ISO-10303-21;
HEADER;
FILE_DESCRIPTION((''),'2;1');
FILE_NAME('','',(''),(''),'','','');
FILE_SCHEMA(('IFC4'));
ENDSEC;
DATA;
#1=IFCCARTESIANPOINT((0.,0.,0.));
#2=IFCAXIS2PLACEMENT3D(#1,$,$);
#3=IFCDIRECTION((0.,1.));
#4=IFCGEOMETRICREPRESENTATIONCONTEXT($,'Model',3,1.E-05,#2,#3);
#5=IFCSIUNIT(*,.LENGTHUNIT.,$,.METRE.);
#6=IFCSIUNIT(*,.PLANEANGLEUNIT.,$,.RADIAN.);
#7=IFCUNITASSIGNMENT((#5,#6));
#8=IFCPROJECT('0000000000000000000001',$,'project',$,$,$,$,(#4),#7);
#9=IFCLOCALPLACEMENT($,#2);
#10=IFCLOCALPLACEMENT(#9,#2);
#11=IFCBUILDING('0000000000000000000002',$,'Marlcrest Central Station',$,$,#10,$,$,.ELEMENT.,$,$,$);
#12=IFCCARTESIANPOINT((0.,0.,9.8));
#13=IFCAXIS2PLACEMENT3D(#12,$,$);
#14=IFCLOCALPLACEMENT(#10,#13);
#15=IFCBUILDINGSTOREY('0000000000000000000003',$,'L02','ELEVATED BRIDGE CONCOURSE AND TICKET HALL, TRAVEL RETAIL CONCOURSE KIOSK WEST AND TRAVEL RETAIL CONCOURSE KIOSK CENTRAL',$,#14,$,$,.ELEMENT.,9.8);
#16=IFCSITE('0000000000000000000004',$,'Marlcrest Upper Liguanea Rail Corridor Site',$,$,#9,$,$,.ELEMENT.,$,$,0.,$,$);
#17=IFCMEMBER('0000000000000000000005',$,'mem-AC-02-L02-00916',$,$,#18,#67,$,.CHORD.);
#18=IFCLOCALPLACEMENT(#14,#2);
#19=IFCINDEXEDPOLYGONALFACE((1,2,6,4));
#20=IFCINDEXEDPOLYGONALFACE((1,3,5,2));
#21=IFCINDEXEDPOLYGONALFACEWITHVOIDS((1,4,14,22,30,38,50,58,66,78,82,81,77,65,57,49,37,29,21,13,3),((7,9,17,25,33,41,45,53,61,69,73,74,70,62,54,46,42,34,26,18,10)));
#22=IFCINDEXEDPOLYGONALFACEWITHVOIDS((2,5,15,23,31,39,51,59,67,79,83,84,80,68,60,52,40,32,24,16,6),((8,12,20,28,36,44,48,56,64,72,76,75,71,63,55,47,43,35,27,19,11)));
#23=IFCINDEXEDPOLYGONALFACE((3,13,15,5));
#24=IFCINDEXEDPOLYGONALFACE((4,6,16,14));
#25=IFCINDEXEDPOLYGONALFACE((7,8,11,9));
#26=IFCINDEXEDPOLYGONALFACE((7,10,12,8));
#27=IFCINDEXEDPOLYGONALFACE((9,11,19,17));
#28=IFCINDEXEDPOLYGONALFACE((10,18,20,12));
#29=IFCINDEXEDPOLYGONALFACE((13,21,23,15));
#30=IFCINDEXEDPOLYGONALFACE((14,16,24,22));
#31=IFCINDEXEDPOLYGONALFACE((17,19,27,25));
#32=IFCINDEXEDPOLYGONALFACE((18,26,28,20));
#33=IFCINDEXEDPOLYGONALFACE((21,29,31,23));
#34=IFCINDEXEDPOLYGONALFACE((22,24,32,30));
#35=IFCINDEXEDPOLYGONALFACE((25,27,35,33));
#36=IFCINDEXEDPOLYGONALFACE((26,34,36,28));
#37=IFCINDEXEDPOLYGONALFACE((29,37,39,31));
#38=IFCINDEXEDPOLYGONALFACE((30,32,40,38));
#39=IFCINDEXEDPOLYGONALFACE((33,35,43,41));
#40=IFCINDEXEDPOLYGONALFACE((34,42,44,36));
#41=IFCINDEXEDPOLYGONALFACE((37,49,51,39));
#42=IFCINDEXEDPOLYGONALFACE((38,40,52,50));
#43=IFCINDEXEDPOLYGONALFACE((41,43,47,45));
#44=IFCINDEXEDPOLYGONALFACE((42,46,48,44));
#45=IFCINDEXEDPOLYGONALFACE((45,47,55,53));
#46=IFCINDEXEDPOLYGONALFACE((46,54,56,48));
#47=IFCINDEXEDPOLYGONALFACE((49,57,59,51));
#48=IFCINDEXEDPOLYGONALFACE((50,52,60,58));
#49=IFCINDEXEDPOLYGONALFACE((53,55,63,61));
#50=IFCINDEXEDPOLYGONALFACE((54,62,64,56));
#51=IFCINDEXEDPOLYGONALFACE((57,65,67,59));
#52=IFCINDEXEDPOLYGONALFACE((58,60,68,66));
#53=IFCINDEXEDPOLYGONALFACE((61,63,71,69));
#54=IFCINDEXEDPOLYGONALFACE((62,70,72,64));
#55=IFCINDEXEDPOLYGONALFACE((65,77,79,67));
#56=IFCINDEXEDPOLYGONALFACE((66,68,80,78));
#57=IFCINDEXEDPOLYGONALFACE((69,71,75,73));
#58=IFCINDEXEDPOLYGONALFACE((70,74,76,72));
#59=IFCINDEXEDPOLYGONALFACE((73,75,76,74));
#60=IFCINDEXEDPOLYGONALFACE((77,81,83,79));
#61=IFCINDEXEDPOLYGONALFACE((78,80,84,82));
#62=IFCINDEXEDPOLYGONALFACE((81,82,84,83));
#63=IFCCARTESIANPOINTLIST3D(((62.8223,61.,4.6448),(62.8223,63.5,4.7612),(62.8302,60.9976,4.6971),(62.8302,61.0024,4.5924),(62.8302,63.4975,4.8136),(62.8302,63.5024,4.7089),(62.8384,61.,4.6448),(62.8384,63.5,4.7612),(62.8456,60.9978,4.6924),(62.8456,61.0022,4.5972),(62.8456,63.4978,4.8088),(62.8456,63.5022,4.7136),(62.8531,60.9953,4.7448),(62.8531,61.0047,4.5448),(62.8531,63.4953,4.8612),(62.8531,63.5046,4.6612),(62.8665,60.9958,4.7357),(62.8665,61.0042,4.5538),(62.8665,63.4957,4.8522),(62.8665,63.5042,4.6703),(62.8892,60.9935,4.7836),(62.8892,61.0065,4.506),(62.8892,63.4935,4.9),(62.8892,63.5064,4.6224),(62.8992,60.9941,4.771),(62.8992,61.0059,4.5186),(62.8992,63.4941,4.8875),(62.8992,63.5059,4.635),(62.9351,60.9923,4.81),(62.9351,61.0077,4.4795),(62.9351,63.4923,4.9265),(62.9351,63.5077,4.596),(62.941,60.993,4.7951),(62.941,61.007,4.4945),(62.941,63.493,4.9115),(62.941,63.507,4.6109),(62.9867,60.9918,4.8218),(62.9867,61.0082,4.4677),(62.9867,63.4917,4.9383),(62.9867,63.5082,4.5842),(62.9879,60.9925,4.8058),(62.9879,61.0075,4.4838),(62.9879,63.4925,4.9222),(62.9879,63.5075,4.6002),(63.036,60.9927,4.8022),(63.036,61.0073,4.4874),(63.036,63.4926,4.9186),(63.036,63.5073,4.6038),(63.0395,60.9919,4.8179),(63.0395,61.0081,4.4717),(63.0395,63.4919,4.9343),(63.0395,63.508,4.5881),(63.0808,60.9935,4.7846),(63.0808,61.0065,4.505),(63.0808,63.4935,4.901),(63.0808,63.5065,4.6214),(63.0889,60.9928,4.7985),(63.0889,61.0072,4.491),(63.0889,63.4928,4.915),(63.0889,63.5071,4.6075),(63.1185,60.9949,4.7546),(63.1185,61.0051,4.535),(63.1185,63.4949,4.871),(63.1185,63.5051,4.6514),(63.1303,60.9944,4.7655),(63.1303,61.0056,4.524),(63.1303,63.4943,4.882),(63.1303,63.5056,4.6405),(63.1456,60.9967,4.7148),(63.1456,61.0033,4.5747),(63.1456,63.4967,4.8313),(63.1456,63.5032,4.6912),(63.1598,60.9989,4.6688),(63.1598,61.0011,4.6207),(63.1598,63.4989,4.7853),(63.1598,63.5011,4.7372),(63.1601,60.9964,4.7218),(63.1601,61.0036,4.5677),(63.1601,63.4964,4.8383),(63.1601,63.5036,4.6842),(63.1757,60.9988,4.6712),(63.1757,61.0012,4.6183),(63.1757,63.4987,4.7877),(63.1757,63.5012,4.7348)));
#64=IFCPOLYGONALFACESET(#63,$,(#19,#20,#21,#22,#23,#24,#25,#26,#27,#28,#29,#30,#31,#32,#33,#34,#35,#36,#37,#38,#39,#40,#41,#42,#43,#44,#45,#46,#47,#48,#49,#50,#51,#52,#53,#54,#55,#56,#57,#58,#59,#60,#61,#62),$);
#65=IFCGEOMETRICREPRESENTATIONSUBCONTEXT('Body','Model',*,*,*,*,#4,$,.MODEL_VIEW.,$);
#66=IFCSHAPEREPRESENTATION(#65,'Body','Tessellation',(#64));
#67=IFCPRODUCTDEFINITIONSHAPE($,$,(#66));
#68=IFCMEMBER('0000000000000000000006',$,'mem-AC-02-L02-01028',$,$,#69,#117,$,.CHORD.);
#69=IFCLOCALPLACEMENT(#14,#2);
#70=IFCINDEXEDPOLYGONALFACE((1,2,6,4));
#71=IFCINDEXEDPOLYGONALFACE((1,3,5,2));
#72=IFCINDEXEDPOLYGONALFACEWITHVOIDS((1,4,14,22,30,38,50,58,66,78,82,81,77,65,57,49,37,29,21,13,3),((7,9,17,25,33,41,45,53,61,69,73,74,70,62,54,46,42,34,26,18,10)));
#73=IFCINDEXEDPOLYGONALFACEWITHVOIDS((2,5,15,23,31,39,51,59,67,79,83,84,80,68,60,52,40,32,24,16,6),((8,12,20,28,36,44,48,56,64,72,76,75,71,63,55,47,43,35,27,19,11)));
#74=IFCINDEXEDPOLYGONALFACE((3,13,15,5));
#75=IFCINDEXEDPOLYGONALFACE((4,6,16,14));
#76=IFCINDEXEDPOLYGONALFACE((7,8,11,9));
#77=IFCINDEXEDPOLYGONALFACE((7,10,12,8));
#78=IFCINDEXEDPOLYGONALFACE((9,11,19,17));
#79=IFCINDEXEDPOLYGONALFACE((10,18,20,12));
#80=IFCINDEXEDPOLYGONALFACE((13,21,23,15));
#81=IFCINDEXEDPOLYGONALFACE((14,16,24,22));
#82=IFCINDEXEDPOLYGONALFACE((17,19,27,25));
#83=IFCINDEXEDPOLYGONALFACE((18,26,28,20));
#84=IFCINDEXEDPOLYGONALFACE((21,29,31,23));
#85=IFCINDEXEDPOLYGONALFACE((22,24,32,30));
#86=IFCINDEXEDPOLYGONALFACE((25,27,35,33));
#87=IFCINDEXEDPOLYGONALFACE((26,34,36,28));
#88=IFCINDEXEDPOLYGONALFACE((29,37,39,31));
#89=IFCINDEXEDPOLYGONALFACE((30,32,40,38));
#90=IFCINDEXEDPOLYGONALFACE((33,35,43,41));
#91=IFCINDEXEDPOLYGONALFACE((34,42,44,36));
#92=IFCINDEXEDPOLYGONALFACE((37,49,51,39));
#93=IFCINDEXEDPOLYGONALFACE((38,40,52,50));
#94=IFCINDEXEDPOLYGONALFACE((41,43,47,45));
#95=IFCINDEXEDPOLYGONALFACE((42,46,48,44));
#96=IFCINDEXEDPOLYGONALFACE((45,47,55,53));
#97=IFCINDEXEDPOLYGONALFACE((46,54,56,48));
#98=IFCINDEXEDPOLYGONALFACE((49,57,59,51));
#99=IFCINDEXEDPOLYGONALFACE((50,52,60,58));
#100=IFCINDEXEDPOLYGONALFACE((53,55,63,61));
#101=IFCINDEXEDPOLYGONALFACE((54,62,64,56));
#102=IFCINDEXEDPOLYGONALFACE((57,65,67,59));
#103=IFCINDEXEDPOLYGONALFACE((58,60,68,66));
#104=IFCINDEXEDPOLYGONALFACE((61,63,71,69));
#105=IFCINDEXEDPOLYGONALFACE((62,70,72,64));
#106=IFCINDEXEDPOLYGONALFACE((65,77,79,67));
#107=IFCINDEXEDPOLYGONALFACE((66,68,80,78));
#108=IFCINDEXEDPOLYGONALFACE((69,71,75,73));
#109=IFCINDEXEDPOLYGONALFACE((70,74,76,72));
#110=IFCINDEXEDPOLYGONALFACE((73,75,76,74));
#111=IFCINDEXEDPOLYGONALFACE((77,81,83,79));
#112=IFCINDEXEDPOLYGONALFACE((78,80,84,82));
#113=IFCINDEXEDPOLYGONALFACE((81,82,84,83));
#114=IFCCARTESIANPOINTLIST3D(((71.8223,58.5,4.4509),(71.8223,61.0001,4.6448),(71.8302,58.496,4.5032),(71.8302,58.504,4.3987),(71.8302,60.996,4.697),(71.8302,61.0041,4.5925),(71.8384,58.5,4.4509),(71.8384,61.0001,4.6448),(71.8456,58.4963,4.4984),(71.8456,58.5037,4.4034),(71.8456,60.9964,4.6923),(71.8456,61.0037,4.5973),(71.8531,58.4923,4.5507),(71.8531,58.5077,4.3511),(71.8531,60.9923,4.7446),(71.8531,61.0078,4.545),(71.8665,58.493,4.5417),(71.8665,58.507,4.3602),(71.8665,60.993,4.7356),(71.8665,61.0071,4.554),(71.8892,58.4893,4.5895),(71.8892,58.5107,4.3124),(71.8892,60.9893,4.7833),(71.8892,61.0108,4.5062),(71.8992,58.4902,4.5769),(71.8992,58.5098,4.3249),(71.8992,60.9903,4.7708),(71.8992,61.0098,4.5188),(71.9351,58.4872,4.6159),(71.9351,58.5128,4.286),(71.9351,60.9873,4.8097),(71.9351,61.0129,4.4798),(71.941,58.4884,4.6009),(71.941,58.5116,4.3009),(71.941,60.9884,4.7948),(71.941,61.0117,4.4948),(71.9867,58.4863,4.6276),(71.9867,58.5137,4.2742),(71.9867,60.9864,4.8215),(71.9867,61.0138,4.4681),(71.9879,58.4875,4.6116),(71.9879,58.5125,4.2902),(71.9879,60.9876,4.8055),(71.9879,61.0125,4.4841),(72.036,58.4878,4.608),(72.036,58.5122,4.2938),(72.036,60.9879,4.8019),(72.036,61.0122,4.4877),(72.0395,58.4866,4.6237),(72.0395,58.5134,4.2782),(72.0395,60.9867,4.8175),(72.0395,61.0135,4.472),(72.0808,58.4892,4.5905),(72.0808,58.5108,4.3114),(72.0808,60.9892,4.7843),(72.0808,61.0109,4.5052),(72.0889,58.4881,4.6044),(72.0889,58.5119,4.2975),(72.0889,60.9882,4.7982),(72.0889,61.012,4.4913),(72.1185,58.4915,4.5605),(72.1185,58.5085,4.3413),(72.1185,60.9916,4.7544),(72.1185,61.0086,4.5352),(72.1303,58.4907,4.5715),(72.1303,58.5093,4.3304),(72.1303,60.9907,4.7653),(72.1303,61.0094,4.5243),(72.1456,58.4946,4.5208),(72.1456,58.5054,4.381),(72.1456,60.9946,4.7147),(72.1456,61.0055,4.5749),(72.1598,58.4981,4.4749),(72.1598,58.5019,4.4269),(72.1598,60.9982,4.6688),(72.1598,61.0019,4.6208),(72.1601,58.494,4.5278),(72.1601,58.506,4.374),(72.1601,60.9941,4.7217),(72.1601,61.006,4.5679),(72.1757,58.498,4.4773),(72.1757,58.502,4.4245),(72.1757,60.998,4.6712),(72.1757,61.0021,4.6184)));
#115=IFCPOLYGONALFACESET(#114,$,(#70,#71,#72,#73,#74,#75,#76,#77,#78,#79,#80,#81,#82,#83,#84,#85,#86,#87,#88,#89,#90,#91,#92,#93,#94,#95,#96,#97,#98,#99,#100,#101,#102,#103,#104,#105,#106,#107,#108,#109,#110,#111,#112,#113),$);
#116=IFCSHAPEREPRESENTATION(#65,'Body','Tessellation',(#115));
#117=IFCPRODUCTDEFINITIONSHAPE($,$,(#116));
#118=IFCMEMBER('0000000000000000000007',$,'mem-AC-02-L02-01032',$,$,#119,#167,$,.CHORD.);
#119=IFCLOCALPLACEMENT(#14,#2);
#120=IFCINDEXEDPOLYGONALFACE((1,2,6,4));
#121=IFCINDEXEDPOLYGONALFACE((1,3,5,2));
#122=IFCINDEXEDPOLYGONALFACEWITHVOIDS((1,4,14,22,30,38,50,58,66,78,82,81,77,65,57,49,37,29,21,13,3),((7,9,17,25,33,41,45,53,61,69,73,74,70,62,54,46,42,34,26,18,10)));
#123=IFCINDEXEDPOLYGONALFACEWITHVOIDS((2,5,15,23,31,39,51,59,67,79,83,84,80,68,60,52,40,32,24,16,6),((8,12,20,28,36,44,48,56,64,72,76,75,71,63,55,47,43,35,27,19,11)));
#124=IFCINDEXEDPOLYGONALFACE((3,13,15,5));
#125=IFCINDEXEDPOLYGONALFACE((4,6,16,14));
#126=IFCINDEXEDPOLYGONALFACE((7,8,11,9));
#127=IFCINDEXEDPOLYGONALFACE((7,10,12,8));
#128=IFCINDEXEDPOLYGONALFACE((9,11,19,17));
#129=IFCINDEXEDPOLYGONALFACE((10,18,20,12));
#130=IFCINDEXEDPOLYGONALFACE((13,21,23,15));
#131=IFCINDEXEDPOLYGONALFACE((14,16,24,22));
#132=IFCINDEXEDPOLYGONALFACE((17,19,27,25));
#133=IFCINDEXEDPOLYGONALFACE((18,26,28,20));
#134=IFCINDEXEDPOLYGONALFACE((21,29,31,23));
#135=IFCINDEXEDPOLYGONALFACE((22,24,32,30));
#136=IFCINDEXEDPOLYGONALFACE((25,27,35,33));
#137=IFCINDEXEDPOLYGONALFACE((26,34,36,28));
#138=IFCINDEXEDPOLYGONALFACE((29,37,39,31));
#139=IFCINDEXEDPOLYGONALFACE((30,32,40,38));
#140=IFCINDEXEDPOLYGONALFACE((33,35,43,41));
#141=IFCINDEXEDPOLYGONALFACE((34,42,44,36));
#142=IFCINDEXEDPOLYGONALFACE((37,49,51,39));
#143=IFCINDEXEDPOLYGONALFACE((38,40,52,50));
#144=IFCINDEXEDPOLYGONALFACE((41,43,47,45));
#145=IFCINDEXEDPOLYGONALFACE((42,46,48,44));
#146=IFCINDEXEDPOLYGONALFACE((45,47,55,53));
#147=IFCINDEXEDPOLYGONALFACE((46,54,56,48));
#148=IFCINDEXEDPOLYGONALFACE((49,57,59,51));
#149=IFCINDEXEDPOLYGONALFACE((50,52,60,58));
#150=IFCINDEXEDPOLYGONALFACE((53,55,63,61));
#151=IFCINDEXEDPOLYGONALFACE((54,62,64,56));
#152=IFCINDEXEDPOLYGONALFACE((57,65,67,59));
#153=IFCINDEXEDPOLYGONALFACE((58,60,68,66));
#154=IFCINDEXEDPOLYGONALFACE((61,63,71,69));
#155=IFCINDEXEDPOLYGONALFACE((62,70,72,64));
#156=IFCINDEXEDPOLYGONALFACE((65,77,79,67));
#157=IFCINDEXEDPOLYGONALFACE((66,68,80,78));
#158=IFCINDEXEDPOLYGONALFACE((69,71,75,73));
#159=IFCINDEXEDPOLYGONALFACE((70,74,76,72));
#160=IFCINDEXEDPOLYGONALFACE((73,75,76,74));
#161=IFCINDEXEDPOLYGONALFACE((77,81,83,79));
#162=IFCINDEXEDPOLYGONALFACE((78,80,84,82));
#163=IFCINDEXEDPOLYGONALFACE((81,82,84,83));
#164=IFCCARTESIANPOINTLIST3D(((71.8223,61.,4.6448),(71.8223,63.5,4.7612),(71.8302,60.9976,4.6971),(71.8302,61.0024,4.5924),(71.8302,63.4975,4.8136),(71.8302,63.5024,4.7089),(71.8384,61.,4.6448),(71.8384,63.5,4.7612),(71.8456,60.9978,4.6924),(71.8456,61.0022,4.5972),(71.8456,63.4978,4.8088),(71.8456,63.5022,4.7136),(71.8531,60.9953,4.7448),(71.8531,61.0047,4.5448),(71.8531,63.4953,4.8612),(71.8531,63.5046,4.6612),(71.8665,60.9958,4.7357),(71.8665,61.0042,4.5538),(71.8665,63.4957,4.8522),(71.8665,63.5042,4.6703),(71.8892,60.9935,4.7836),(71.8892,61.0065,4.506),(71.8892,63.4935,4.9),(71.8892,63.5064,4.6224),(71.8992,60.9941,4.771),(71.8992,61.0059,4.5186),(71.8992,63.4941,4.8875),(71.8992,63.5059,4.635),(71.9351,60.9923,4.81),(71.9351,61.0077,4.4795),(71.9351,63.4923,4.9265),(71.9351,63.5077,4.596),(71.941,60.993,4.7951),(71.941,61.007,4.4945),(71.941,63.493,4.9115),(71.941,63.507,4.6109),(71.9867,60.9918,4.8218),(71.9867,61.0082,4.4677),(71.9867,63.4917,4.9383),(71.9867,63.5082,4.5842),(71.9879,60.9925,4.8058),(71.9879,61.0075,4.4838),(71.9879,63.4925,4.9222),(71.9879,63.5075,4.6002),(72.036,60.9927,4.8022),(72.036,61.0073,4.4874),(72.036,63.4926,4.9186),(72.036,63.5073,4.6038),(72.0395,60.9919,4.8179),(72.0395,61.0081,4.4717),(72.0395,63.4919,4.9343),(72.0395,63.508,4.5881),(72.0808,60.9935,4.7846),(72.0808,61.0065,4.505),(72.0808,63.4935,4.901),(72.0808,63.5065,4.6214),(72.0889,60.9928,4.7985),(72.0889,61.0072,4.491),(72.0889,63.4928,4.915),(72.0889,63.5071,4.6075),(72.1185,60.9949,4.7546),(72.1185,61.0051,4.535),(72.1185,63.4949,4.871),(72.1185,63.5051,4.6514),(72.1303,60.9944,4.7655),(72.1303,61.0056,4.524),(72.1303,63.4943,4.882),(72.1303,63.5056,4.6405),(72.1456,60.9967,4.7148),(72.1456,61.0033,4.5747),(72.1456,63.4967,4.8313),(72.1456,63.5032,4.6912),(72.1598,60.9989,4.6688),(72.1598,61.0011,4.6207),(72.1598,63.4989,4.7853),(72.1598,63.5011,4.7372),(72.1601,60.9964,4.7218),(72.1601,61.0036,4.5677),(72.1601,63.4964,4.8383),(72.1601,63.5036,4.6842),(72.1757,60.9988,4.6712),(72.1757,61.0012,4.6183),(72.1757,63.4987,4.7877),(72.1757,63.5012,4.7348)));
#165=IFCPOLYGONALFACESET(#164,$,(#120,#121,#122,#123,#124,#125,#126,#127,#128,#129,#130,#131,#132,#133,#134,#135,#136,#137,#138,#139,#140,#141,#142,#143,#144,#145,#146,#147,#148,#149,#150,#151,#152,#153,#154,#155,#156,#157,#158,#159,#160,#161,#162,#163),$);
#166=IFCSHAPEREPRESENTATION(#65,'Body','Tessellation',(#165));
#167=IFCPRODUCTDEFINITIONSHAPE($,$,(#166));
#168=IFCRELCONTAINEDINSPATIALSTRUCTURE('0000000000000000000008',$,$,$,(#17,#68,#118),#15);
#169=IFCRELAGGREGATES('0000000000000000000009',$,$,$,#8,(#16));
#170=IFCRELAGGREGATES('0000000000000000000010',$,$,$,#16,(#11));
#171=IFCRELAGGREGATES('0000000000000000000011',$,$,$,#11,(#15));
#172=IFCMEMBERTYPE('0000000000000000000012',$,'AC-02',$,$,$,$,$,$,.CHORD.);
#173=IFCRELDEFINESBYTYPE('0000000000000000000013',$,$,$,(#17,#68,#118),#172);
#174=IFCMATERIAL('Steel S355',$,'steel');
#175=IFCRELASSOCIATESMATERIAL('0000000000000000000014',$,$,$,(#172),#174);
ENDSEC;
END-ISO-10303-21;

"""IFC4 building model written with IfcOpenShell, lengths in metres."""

from ifc_helpers import new_model, si_unit, direction, frame, origin, origin_2d, place, context, subcontext, project, spatial, hollow_circle, extrude, material, material_profile, profile_set, type_object, element, save


model = new_model("IFC4")

# Units and contexts
model_context = context("Model", 3, precision=1e-05, world=origin(), true_north=direction((0.0, 1.0)))
body_context = subcontext(model_context, "Body", "Model", "MODEL_VIEW")
ifc_project = project(units=[si_unit("LENGTHUNIT", "METRE"), si_unit("PLANEANGLEUNIT", "RADIAN")], contexts=[model_context])

# Site, building, storey
site_placement = place(None, origin())
site = spatial("IfcSite", under=ifc_project, at=site_placement, Name="Marlcrest Upper Liguanea Rail Corridor Site", CompositionType="ELEMENT", RefElevation=0.0)
building_placement = place(site_placement, origin())
building = spatial("IfcBuilding", under=site, at=building_placement, Name="Marlcrest Central Station", CompositionType="ELEMENT")
storey_placement = place(building_placement, frame((0.0, 0.0, 9.8)))
storey = spatial("IfcBuildingStorey", under=building, at=storey_placement, Name="L02", Description="ELEVATED BRIDGE CONCOURSE AND TICKET HALL, TRAVEL RETAIL CONCOURSE KIOSK WEST AND TRAVEL RETAIL CONCOURSE KIOSK CENTRAL", CompositionType="ELEMENT", Elevation=9.8)

# Members
ifc_material = material(Name="Steel S355", Category="steel")
ifc_material_profile_1 = material_profile(ifc_material, hollow_circle(Radius=0.1777, WallThickness=0.0161, at=origin_2d()), Name="CHS 355.6x16")
ifc_profile_set_1 = profile_set([ifc_material_profile_1], Name="Steel S355")
member_type_1 = type_object("IfcMemberType", Name="AC-02", PredefinedType="CHORD", material=ifc_profile_set_1)
member_1_placement = place(storey_placement, frame((63.0, 61.0, 4.6448), z_axis=(0.0, 0.998917, 0.046532), x_axis=(-1.0, 0.0, 0.0)))
element("IfcMember", 1, at=member_1_placement, inside=storey, type_object=member_type_1, Name="mem-AC-02-L02-00916", PredefinedType="CHORD", context=body_context, shape_type="SweptSolid", body=[
    extrude(hollow_circle(Radius=0.1777, WallThickness=0.0161, at=origin_2d()), origin(), (0.0, 0.0, 1.0), 2.5027),
])
member_2_placement = place(storey_placement, frame((72.0, 58.5, 4.4509), z_axis=(0.0, 0.997007, 0.077307), x_axis=(-1.0, 0.0, 0.0)))
element("IfcMember", 2, at=member_2_placement, inside=storey, type_object=member_type_1, Name="mem-AC-02-L02-01028", PredefinedType="CHORD", context=body_context, shape_type="SweptSolid", body=[
    extrude(hollow_circle(Radius=0.1777, WallThickness=0.0161, at=origin_2d()), origin(), (0.0, 0.0, 1.0), 2.5076),
])
member_3_placement = place(storey_placement, frame((72.0, 61.0, 4.6448), z_axis=(0.0, 0.998917, 0.046532), x_axis=(-1.0, 0.0, 0.0)))
element("IfcMember", 3, at=member_3_placement, inside=storey, type_object=member_type_1, Name="mem-AC-02-L02-01032", PredefinedType="CHORD", context=body_context, shape_type="SweptSolid", body=[
    extrude(hollow_circle(Radius=0.1777, WallThickness=0.0161, at=origin_2d()), origin(), (0.0, 0.0, 1.0), 2.5027),
])

save(model, "model.ifc")
